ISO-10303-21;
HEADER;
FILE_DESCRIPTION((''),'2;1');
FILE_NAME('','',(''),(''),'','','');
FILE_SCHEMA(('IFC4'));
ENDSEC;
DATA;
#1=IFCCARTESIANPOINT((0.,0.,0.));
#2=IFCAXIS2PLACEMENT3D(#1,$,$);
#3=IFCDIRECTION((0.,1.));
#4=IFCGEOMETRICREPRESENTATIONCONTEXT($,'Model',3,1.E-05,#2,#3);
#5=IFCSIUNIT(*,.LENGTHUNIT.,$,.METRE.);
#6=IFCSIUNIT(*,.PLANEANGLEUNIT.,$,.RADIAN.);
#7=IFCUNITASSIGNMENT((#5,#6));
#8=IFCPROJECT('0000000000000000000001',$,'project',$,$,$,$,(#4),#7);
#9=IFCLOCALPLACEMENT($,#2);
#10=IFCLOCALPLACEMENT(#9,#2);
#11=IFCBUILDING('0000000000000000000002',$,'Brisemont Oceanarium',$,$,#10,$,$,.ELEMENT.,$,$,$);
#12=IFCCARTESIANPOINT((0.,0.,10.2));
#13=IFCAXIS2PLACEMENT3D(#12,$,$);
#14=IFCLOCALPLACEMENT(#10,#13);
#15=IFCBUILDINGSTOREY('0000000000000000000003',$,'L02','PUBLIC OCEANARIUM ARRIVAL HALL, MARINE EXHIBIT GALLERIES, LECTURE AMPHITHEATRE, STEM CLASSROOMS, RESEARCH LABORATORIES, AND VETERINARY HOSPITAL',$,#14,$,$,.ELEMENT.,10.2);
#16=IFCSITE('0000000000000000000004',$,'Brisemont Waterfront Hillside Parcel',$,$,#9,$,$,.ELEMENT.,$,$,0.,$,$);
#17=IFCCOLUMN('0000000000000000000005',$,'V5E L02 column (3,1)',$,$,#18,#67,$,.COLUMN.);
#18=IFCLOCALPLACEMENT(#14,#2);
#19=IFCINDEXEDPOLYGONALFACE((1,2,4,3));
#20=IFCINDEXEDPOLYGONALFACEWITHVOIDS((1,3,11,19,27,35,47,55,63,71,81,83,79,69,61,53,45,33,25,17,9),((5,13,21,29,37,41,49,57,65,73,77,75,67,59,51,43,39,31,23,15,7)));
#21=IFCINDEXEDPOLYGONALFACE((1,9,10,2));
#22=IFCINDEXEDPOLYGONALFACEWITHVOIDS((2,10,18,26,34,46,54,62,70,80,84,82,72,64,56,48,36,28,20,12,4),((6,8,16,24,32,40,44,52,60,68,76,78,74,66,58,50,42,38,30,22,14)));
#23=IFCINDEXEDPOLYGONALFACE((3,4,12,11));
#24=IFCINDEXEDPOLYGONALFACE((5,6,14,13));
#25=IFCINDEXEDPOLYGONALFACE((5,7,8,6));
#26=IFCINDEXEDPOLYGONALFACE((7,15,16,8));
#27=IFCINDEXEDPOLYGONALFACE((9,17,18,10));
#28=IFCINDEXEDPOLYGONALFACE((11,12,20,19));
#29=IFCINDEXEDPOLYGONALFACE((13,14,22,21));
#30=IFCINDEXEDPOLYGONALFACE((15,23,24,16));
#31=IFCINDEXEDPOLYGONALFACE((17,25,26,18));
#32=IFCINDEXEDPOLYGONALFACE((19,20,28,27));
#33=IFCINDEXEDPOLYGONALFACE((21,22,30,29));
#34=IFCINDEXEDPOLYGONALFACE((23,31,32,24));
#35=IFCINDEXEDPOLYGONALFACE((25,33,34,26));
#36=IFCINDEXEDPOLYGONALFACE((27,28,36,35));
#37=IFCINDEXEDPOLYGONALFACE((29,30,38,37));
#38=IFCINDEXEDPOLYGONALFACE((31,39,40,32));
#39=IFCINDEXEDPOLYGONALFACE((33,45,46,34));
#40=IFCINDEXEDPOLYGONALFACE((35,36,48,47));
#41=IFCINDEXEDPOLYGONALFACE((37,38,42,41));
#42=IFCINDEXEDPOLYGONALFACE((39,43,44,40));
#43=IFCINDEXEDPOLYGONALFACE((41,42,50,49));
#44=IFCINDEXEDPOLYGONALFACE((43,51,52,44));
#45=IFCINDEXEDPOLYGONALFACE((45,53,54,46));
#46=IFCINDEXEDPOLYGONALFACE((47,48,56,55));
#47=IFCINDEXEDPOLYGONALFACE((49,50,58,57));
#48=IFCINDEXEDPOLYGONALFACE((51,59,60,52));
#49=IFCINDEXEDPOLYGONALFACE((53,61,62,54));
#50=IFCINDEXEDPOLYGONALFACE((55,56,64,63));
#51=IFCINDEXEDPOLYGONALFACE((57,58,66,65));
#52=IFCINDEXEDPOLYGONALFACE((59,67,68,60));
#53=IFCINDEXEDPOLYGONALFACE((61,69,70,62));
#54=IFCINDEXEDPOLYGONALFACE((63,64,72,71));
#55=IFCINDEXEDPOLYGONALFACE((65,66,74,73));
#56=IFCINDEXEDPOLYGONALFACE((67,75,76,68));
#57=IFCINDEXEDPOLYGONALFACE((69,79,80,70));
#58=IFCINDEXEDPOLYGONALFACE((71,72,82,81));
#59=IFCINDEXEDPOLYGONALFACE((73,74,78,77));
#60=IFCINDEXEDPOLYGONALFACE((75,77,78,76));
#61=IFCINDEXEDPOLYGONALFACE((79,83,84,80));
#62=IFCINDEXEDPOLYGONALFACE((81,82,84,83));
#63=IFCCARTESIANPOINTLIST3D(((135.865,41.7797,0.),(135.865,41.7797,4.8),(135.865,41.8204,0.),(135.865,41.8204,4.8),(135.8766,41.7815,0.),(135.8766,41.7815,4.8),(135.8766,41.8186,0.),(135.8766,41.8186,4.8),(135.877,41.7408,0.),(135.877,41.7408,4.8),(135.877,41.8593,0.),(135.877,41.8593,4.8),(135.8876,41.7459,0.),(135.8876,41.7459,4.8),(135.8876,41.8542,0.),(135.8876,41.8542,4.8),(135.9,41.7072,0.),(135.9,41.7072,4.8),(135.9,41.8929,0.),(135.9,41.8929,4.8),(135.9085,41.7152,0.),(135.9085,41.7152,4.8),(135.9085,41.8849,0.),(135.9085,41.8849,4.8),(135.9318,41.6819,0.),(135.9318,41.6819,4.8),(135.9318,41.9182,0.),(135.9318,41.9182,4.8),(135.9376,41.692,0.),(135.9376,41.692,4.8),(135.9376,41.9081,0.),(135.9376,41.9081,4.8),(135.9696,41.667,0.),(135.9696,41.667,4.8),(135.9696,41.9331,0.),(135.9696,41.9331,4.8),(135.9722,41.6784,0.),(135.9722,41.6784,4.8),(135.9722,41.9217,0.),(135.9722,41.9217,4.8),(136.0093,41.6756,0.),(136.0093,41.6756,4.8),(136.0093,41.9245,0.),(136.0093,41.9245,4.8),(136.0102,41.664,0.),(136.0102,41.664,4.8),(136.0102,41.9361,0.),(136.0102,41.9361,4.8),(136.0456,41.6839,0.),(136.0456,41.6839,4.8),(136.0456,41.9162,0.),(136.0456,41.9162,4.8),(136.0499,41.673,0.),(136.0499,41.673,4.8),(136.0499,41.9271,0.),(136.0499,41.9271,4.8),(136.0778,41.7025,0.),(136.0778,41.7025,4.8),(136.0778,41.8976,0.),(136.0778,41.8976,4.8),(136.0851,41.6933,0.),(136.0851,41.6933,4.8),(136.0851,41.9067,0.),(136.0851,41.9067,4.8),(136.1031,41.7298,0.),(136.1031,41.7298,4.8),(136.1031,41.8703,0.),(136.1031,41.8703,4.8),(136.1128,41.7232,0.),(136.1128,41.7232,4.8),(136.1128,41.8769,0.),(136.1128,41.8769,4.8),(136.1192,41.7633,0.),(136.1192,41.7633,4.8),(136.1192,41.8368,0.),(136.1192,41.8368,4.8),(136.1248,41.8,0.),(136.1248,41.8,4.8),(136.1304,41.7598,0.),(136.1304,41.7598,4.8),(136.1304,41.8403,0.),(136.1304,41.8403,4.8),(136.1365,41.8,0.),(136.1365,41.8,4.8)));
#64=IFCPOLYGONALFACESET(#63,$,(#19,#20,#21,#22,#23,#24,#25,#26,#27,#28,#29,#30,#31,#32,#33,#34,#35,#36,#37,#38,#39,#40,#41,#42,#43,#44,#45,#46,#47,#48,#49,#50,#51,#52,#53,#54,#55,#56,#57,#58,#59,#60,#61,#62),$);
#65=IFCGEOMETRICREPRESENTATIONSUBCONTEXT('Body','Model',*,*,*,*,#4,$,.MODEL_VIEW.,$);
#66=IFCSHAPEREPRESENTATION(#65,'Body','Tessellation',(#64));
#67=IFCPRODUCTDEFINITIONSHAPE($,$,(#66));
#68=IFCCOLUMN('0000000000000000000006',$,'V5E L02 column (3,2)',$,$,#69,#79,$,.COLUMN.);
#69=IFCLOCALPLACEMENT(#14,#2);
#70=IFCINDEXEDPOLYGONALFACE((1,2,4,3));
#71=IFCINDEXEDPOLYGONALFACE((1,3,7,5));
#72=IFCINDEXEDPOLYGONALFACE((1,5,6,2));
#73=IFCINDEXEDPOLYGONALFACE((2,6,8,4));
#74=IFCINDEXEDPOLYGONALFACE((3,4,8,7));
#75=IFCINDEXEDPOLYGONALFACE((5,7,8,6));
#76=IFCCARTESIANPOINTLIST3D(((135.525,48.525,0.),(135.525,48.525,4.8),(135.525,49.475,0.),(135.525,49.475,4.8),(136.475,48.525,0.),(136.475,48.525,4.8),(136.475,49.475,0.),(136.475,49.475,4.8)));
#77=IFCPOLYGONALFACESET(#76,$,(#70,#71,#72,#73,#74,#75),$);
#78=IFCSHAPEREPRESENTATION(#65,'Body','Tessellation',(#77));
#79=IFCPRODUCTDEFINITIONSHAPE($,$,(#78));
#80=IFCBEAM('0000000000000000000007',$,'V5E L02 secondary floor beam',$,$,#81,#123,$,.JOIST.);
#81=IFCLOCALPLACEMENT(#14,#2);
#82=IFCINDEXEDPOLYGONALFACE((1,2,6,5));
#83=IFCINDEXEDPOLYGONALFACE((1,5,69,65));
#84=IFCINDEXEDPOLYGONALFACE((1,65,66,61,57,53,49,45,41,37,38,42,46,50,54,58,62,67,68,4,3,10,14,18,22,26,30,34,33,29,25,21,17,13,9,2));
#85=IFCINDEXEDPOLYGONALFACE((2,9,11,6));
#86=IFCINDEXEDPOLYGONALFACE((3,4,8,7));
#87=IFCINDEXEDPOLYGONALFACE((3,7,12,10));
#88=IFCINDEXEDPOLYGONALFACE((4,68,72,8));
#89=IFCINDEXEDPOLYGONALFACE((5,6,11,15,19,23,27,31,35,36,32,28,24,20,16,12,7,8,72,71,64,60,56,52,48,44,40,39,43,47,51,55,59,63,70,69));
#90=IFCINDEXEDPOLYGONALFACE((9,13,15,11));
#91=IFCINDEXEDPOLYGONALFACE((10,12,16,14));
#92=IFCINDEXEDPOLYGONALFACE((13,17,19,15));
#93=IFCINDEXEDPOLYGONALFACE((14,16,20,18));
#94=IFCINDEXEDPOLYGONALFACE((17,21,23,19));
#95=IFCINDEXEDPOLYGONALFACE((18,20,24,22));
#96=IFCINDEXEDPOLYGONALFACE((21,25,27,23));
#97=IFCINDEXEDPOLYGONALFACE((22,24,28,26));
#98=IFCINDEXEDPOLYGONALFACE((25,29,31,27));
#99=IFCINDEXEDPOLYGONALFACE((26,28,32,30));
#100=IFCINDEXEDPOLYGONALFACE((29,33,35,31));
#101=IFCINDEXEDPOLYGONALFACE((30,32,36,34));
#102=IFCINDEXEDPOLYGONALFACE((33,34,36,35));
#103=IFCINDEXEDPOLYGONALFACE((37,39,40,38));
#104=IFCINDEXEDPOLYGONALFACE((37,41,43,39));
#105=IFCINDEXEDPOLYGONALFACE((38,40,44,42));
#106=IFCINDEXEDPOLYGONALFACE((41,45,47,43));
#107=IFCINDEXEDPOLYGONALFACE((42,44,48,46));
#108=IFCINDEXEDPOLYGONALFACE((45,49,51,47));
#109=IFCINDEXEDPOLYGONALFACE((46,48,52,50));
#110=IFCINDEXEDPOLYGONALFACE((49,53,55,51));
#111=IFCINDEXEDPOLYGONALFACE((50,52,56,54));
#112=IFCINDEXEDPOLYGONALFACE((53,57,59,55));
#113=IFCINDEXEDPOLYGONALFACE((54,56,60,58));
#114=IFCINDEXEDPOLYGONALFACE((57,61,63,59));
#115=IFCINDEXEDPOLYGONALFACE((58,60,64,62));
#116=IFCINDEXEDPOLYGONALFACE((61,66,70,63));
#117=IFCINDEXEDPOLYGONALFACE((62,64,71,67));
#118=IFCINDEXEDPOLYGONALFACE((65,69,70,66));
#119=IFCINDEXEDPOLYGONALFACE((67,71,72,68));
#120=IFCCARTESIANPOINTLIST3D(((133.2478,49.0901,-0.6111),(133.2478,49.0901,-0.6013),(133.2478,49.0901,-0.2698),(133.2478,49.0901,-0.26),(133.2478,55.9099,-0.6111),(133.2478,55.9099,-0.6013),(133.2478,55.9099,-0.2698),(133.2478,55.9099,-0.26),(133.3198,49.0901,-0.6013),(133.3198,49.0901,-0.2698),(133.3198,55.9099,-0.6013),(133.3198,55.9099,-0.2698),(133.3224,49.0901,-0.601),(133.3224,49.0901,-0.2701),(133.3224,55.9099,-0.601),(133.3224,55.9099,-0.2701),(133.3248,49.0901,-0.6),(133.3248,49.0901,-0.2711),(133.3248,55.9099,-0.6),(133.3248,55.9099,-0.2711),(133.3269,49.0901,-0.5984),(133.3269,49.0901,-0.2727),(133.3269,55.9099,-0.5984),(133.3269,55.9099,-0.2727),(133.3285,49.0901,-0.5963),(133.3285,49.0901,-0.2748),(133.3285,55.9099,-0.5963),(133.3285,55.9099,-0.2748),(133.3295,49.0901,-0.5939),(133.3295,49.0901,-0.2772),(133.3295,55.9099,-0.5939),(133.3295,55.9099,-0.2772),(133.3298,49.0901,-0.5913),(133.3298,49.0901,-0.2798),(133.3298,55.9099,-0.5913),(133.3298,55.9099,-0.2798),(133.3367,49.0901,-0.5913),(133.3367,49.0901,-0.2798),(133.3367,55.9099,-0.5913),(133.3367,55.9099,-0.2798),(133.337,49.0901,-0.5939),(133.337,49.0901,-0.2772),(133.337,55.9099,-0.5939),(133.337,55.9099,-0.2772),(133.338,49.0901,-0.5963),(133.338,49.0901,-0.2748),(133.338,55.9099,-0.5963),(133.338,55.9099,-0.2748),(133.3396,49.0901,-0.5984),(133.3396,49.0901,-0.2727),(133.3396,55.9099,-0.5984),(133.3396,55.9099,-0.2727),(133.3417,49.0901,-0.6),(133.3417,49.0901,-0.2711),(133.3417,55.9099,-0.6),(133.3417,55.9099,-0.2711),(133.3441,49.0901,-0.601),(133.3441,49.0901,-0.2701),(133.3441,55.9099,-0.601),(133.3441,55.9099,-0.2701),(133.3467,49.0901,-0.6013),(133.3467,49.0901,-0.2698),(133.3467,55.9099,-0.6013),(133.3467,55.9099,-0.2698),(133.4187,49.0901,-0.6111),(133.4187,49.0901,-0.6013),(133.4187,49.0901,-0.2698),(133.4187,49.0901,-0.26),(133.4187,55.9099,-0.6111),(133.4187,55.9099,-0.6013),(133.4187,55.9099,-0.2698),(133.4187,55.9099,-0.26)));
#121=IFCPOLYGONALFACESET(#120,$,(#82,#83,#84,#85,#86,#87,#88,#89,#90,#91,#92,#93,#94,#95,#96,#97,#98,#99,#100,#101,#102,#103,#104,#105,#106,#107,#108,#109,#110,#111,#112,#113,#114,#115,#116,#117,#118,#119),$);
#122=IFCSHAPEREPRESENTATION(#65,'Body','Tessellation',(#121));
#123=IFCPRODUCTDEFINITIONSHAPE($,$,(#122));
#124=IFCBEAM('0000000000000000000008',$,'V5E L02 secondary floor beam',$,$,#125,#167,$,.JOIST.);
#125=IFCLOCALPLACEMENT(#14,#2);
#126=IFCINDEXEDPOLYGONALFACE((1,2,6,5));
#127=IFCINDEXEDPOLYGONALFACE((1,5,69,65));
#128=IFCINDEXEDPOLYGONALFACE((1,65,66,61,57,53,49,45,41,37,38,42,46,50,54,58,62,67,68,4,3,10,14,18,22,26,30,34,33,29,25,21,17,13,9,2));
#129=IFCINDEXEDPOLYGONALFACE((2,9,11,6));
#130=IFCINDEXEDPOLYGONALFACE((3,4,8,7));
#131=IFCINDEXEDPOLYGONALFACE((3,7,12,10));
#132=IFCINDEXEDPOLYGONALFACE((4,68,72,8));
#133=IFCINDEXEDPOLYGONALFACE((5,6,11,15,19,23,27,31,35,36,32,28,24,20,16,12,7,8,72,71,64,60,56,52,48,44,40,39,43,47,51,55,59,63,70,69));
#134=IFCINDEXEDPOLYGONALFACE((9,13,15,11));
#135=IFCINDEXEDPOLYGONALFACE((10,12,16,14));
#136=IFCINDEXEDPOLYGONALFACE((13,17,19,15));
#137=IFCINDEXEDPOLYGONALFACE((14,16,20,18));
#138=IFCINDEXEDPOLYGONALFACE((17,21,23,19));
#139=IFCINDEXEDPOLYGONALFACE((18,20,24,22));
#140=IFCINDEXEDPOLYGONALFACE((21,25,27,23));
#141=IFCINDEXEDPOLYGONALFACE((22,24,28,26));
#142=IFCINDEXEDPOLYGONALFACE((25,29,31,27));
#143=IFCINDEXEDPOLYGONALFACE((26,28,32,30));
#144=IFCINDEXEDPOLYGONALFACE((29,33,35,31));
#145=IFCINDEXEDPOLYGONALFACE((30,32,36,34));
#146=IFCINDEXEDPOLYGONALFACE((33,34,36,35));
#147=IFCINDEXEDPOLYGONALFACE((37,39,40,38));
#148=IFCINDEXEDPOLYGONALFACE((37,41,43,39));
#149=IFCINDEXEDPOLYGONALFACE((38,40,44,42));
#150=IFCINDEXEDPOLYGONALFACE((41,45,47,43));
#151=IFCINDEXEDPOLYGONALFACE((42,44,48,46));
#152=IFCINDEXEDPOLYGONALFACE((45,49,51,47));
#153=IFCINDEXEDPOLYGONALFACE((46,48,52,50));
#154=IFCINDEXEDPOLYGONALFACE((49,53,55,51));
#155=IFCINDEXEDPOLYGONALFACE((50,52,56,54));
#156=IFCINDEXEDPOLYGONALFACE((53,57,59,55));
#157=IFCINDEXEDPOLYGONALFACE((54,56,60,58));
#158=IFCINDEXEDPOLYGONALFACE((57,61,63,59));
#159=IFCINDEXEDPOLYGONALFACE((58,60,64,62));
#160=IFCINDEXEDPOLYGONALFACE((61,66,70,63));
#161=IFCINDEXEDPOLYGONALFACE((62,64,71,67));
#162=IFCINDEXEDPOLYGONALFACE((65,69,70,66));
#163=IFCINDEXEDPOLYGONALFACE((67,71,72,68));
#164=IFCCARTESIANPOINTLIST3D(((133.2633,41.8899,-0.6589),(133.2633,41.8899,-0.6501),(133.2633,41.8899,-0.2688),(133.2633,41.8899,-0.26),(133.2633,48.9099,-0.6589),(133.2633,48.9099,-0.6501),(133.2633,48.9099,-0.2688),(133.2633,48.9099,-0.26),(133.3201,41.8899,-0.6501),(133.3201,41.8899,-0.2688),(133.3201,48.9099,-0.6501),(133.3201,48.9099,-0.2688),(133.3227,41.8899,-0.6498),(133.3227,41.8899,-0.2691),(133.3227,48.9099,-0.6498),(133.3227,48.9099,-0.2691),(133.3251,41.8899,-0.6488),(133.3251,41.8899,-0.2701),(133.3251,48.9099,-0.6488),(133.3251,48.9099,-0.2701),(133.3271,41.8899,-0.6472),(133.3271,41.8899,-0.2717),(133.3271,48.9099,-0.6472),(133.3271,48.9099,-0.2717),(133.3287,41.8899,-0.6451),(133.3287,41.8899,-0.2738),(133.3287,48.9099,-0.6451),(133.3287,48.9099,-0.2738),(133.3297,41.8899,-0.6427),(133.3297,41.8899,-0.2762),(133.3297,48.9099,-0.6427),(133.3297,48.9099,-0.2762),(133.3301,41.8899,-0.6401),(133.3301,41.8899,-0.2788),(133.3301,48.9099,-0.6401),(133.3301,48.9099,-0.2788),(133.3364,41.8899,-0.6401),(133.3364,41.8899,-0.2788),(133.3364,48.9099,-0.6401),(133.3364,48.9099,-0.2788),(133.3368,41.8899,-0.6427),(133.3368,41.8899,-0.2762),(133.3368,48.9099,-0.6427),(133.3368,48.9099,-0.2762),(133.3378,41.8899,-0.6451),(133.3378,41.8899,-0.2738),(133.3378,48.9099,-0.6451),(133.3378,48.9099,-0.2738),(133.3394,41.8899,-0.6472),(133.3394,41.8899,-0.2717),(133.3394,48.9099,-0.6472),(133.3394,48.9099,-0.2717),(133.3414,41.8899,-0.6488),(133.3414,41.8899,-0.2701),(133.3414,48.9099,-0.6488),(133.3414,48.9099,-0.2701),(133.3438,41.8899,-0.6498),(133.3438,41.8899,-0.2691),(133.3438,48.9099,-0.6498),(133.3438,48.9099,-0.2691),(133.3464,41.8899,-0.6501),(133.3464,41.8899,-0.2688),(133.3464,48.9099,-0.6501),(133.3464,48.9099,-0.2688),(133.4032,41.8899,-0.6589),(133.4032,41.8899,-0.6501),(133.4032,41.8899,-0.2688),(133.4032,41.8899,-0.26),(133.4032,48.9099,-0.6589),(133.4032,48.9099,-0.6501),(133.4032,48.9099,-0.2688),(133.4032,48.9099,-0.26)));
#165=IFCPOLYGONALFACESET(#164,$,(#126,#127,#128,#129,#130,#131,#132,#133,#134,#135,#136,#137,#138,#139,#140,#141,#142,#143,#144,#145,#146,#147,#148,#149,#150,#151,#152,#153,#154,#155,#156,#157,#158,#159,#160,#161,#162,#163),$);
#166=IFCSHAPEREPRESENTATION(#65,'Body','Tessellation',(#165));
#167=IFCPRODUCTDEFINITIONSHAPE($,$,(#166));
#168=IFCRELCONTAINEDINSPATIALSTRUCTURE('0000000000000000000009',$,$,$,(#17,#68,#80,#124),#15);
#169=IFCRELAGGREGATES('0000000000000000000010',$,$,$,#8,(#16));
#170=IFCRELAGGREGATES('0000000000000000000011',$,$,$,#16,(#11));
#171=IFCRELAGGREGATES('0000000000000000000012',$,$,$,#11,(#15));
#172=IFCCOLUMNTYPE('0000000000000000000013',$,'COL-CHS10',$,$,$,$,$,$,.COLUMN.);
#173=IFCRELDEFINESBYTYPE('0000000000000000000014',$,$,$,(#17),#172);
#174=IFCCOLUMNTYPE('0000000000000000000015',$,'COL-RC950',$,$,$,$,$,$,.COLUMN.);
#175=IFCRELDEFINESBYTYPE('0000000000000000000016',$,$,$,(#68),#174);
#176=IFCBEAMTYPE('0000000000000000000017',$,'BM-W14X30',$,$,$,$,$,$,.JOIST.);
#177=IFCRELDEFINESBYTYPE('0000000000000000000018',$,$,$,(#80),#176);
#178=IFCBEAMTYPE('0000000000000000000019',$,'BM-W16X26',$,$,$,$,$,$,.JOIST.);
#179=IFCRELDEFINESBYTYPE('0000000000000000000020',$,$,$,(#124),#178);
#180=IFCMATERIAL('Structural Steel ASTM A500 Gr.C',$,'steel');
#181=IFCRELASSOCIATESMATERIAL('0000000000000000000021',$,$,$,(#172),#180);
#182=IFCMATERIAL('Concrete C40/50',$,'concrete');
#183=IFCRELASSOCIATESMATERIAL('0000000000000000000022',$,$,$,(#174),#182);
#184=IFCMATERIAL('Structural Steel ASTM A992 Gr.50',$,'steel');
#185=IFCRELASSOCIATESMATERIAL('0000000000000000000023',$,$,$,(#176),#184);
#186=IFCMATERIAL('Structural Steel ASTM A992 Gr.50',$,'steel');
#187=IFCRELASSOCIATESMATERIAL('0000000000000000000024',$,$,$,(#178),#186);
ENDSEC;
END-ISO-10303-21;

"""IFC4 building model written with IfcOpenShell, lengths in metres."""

from ifc_helpers import new_model, si_unit, direction, frame, origin, origin_2d, place, context, subcontext, project, spatial, rectangle, hollow_circle, i_section, extrude, material, material_profile, profile_set, type_object, element, save


model = new_model("IFC4")

# Units and contexts
model_context = context("Model", 3, precision=1e-05, world=origin(), true_north=direction((0.0, 1.0)))
body_context = subcontext(model_context, "Body", "Model", "MODEL_VIEW")
ifc_project = project(units=[si_unit("LENGTHUNIT", "METRE"), si_unit("PLANEANGLEUNIT", "RADIAN")], contexts=[model_context])

# Site, building, storey
site_placement = place(None, origin())
site = spatial("IfcSite", under=ifc_project, at=site_placement, Name="Brisemont Waterfront Hillside Parcel", CompositionType="ELEMENT", RefElevation=0.0)
building_placement = place(site_placement, origin())
building = spatial("IfcBuilding", under=site, at=building_placement, Name="Brisemont Oceanarium", CompositionType="ELEMENT")
storey_placement = place(building_placement, frame((0.0, 0.0, 10.2)))
storey = spatial("IfcBuildingStorey", under=building, at=storey_placement, Name="L02", Description="PUBLIC OCEANARIUM ARRIVAL HALL, MARINE EXHIBIT GALLERIES, LECTURE AMPHITHEATRE, STEM CLASSROOMS, RESEARCH LABORATORIES, AND VETERINARY HOSPITAL", CompositionType="ELEMENT", Elevation=10.2)

# Columns
ifc_material_1 = material(Name="Structural Steel ASTM A500 Gr.C", Category="steel")
ifc_material_profile_1 = material_profile(ifc_material_1, hollow_circle(Radius=0.1365, WallThickness=0.0117, at=origin_2d()), Name="HSS10.750X0.500")
ifc_profile_set_1 = profile_set([ifc_material_profile_1], Name="Structural Steel ASTM A500 Gr.C")
column_type_1 = type_object("IfcColumnType", Name="COL-CHS10", PredefinedType="COLUMN", material=ifc_profile_set_1)
column_1_placement = place(storey_placement, frame((136.0, 41.8, 0.0), z_axis=(0.0, 0.0, 1.0), x_axis=(1.0, 0.0, 0.0)))
element("IfcColumn", 1, at=column_1_placement, inside=storey, type_object=column_type_1, Name="V5E L02 column (3,1)", PredefinedType="COLUMN", context=body_context, shape_type="SweptSolid", body=[
    extrude(hollow_circle(Radius=0.1365, WallThickness=0.0117, at=origin_2d()), origin(), (0.0, 0.0, 1.0), 4.8),
])
ifc_material_2 = material(Name="Concrete C40/50", Category="concrete")
ifc_material_profile_2 = material_profile(ifc_material_2, rectangle(XDim=0.95, YDim=0.95, at=origin_2d()), Name="RC-COL-950X950")
ifc_profile_set_2 = profile_set([ifc_material_profile_2], Name="Concrete C40/50")
column_type_2 = type_object("IfcColumnType", Name="COL-RC950", PredefinedType="COLUMN", material=ifc_profile_set_2)
column_2_placement = place(storey_placement, frame((136.0, 49.0, 0.0), z_axis=(0.0, 0.0, 1.0), x_axis=(0.0, 1.0, 0.0)))
element("IfcColumn", 2, at=column_2_placement, inside=storey, type_object=column_type_2, Name="V5E L02 column (3,2)", PredefinedType="COLUMN", context=body_context, shape_type="SweptSolid", body=[
    extrude(rectangle(XDim=0.95, YDim=0.95, at=origin_2d()), origin(), (0.0, 0.0, 1.0), 4.8),
])

# Beams
ifc_material_3 = material(Name="Structural Steel ASTM A992 Gr.50", Category="steel")
ifc_material_profile_3 = material_profile(ifc_material_3, i_section(OverallWidth=0.1709, OverallDepth=0.3511, WebThickness=0.0068, FlangeThickness=0.0098, FilletRadius=0.01, at=origin_2d()), Name="W14X30")
ifc_profile_set_3 = profile_set([ifc_material_profile_3], Name="Structural Steel ASTM A992 Gr.50")
beam_type_1 = type_object("IfcBeamType", Name="BM-W14X30", PredefinedType="JOIST", material=ifc_profile_set_3)
beam_1_placement = place(storey_placement, frame((133.3333, 49.0901, -0.4355), z_axis=(0.0, 1.0, 0.0), x_axis=(-1.0, 0.0, 0.0)))
element("IfcBeam", 3, at=beam_1_placement, inside=storey, type_object=beam_type_1, Name="V5E L02 secondary floor beam", PredefinedType="JOIST", context=body_context, shape_type="SweptSolid", body=[
    extrude(i_section(OverallWidth=0.1709, OverallDepth=0.3511, WebThickness=0.0068, FlangeThickness=0.0098, FilletRadius=0.01, at=origin_2d()), origin(), (0.0, 0.0, 1.0), 6.8198),
])
ifc_material_4 = material(Name="Structural Steel ASTM A992 Gr.50", Category="steel")
ifc_material_profile_4 = material_profile(ifc_material_4, i_section(OverallWidth=0.1399, OverallDepth=0.3989, WebThickness=0.0063, FlangeThickness=0.0088, FilletRadius=0.01, at=origin_2d()), Name="W16X26")
ifc_profile_set_4 = profile_set([ifc_material_profile_4], Name="Structural Steel ASTM A992 Gr.50")
beam_type_2 = type_object("IfcBeamType", Name="BM-W16X26", PredefinedType="JOIST", material=ifc_profile_set_4)
beam_2_placement = place(storey_placement, frame((133.3333, 41.8899, -0.4595), z_axis=(0.0, 1.0, 0.0), x_axis=(-1.0, 0.0, 0.0)))
element("IfcBeam", 4, at=beam_2_placement, inside=storey, type_object=beam_type_2, Name="V5E L02 secondary floor beam", PredefinedType="JOIST", context=body_context, shape_type="SweptSolid", body=[
    extrude(i_section(OverallWidth=0.1399, OverallDepth=0.3989, WebThickness=0.0063, FlangeThickness=0.0088, FilletRadius=0.01, at=origin_2d()), origin(), (0.0, 0.0, 1.0), 7.02),
])

save(model, "model.ifc")
